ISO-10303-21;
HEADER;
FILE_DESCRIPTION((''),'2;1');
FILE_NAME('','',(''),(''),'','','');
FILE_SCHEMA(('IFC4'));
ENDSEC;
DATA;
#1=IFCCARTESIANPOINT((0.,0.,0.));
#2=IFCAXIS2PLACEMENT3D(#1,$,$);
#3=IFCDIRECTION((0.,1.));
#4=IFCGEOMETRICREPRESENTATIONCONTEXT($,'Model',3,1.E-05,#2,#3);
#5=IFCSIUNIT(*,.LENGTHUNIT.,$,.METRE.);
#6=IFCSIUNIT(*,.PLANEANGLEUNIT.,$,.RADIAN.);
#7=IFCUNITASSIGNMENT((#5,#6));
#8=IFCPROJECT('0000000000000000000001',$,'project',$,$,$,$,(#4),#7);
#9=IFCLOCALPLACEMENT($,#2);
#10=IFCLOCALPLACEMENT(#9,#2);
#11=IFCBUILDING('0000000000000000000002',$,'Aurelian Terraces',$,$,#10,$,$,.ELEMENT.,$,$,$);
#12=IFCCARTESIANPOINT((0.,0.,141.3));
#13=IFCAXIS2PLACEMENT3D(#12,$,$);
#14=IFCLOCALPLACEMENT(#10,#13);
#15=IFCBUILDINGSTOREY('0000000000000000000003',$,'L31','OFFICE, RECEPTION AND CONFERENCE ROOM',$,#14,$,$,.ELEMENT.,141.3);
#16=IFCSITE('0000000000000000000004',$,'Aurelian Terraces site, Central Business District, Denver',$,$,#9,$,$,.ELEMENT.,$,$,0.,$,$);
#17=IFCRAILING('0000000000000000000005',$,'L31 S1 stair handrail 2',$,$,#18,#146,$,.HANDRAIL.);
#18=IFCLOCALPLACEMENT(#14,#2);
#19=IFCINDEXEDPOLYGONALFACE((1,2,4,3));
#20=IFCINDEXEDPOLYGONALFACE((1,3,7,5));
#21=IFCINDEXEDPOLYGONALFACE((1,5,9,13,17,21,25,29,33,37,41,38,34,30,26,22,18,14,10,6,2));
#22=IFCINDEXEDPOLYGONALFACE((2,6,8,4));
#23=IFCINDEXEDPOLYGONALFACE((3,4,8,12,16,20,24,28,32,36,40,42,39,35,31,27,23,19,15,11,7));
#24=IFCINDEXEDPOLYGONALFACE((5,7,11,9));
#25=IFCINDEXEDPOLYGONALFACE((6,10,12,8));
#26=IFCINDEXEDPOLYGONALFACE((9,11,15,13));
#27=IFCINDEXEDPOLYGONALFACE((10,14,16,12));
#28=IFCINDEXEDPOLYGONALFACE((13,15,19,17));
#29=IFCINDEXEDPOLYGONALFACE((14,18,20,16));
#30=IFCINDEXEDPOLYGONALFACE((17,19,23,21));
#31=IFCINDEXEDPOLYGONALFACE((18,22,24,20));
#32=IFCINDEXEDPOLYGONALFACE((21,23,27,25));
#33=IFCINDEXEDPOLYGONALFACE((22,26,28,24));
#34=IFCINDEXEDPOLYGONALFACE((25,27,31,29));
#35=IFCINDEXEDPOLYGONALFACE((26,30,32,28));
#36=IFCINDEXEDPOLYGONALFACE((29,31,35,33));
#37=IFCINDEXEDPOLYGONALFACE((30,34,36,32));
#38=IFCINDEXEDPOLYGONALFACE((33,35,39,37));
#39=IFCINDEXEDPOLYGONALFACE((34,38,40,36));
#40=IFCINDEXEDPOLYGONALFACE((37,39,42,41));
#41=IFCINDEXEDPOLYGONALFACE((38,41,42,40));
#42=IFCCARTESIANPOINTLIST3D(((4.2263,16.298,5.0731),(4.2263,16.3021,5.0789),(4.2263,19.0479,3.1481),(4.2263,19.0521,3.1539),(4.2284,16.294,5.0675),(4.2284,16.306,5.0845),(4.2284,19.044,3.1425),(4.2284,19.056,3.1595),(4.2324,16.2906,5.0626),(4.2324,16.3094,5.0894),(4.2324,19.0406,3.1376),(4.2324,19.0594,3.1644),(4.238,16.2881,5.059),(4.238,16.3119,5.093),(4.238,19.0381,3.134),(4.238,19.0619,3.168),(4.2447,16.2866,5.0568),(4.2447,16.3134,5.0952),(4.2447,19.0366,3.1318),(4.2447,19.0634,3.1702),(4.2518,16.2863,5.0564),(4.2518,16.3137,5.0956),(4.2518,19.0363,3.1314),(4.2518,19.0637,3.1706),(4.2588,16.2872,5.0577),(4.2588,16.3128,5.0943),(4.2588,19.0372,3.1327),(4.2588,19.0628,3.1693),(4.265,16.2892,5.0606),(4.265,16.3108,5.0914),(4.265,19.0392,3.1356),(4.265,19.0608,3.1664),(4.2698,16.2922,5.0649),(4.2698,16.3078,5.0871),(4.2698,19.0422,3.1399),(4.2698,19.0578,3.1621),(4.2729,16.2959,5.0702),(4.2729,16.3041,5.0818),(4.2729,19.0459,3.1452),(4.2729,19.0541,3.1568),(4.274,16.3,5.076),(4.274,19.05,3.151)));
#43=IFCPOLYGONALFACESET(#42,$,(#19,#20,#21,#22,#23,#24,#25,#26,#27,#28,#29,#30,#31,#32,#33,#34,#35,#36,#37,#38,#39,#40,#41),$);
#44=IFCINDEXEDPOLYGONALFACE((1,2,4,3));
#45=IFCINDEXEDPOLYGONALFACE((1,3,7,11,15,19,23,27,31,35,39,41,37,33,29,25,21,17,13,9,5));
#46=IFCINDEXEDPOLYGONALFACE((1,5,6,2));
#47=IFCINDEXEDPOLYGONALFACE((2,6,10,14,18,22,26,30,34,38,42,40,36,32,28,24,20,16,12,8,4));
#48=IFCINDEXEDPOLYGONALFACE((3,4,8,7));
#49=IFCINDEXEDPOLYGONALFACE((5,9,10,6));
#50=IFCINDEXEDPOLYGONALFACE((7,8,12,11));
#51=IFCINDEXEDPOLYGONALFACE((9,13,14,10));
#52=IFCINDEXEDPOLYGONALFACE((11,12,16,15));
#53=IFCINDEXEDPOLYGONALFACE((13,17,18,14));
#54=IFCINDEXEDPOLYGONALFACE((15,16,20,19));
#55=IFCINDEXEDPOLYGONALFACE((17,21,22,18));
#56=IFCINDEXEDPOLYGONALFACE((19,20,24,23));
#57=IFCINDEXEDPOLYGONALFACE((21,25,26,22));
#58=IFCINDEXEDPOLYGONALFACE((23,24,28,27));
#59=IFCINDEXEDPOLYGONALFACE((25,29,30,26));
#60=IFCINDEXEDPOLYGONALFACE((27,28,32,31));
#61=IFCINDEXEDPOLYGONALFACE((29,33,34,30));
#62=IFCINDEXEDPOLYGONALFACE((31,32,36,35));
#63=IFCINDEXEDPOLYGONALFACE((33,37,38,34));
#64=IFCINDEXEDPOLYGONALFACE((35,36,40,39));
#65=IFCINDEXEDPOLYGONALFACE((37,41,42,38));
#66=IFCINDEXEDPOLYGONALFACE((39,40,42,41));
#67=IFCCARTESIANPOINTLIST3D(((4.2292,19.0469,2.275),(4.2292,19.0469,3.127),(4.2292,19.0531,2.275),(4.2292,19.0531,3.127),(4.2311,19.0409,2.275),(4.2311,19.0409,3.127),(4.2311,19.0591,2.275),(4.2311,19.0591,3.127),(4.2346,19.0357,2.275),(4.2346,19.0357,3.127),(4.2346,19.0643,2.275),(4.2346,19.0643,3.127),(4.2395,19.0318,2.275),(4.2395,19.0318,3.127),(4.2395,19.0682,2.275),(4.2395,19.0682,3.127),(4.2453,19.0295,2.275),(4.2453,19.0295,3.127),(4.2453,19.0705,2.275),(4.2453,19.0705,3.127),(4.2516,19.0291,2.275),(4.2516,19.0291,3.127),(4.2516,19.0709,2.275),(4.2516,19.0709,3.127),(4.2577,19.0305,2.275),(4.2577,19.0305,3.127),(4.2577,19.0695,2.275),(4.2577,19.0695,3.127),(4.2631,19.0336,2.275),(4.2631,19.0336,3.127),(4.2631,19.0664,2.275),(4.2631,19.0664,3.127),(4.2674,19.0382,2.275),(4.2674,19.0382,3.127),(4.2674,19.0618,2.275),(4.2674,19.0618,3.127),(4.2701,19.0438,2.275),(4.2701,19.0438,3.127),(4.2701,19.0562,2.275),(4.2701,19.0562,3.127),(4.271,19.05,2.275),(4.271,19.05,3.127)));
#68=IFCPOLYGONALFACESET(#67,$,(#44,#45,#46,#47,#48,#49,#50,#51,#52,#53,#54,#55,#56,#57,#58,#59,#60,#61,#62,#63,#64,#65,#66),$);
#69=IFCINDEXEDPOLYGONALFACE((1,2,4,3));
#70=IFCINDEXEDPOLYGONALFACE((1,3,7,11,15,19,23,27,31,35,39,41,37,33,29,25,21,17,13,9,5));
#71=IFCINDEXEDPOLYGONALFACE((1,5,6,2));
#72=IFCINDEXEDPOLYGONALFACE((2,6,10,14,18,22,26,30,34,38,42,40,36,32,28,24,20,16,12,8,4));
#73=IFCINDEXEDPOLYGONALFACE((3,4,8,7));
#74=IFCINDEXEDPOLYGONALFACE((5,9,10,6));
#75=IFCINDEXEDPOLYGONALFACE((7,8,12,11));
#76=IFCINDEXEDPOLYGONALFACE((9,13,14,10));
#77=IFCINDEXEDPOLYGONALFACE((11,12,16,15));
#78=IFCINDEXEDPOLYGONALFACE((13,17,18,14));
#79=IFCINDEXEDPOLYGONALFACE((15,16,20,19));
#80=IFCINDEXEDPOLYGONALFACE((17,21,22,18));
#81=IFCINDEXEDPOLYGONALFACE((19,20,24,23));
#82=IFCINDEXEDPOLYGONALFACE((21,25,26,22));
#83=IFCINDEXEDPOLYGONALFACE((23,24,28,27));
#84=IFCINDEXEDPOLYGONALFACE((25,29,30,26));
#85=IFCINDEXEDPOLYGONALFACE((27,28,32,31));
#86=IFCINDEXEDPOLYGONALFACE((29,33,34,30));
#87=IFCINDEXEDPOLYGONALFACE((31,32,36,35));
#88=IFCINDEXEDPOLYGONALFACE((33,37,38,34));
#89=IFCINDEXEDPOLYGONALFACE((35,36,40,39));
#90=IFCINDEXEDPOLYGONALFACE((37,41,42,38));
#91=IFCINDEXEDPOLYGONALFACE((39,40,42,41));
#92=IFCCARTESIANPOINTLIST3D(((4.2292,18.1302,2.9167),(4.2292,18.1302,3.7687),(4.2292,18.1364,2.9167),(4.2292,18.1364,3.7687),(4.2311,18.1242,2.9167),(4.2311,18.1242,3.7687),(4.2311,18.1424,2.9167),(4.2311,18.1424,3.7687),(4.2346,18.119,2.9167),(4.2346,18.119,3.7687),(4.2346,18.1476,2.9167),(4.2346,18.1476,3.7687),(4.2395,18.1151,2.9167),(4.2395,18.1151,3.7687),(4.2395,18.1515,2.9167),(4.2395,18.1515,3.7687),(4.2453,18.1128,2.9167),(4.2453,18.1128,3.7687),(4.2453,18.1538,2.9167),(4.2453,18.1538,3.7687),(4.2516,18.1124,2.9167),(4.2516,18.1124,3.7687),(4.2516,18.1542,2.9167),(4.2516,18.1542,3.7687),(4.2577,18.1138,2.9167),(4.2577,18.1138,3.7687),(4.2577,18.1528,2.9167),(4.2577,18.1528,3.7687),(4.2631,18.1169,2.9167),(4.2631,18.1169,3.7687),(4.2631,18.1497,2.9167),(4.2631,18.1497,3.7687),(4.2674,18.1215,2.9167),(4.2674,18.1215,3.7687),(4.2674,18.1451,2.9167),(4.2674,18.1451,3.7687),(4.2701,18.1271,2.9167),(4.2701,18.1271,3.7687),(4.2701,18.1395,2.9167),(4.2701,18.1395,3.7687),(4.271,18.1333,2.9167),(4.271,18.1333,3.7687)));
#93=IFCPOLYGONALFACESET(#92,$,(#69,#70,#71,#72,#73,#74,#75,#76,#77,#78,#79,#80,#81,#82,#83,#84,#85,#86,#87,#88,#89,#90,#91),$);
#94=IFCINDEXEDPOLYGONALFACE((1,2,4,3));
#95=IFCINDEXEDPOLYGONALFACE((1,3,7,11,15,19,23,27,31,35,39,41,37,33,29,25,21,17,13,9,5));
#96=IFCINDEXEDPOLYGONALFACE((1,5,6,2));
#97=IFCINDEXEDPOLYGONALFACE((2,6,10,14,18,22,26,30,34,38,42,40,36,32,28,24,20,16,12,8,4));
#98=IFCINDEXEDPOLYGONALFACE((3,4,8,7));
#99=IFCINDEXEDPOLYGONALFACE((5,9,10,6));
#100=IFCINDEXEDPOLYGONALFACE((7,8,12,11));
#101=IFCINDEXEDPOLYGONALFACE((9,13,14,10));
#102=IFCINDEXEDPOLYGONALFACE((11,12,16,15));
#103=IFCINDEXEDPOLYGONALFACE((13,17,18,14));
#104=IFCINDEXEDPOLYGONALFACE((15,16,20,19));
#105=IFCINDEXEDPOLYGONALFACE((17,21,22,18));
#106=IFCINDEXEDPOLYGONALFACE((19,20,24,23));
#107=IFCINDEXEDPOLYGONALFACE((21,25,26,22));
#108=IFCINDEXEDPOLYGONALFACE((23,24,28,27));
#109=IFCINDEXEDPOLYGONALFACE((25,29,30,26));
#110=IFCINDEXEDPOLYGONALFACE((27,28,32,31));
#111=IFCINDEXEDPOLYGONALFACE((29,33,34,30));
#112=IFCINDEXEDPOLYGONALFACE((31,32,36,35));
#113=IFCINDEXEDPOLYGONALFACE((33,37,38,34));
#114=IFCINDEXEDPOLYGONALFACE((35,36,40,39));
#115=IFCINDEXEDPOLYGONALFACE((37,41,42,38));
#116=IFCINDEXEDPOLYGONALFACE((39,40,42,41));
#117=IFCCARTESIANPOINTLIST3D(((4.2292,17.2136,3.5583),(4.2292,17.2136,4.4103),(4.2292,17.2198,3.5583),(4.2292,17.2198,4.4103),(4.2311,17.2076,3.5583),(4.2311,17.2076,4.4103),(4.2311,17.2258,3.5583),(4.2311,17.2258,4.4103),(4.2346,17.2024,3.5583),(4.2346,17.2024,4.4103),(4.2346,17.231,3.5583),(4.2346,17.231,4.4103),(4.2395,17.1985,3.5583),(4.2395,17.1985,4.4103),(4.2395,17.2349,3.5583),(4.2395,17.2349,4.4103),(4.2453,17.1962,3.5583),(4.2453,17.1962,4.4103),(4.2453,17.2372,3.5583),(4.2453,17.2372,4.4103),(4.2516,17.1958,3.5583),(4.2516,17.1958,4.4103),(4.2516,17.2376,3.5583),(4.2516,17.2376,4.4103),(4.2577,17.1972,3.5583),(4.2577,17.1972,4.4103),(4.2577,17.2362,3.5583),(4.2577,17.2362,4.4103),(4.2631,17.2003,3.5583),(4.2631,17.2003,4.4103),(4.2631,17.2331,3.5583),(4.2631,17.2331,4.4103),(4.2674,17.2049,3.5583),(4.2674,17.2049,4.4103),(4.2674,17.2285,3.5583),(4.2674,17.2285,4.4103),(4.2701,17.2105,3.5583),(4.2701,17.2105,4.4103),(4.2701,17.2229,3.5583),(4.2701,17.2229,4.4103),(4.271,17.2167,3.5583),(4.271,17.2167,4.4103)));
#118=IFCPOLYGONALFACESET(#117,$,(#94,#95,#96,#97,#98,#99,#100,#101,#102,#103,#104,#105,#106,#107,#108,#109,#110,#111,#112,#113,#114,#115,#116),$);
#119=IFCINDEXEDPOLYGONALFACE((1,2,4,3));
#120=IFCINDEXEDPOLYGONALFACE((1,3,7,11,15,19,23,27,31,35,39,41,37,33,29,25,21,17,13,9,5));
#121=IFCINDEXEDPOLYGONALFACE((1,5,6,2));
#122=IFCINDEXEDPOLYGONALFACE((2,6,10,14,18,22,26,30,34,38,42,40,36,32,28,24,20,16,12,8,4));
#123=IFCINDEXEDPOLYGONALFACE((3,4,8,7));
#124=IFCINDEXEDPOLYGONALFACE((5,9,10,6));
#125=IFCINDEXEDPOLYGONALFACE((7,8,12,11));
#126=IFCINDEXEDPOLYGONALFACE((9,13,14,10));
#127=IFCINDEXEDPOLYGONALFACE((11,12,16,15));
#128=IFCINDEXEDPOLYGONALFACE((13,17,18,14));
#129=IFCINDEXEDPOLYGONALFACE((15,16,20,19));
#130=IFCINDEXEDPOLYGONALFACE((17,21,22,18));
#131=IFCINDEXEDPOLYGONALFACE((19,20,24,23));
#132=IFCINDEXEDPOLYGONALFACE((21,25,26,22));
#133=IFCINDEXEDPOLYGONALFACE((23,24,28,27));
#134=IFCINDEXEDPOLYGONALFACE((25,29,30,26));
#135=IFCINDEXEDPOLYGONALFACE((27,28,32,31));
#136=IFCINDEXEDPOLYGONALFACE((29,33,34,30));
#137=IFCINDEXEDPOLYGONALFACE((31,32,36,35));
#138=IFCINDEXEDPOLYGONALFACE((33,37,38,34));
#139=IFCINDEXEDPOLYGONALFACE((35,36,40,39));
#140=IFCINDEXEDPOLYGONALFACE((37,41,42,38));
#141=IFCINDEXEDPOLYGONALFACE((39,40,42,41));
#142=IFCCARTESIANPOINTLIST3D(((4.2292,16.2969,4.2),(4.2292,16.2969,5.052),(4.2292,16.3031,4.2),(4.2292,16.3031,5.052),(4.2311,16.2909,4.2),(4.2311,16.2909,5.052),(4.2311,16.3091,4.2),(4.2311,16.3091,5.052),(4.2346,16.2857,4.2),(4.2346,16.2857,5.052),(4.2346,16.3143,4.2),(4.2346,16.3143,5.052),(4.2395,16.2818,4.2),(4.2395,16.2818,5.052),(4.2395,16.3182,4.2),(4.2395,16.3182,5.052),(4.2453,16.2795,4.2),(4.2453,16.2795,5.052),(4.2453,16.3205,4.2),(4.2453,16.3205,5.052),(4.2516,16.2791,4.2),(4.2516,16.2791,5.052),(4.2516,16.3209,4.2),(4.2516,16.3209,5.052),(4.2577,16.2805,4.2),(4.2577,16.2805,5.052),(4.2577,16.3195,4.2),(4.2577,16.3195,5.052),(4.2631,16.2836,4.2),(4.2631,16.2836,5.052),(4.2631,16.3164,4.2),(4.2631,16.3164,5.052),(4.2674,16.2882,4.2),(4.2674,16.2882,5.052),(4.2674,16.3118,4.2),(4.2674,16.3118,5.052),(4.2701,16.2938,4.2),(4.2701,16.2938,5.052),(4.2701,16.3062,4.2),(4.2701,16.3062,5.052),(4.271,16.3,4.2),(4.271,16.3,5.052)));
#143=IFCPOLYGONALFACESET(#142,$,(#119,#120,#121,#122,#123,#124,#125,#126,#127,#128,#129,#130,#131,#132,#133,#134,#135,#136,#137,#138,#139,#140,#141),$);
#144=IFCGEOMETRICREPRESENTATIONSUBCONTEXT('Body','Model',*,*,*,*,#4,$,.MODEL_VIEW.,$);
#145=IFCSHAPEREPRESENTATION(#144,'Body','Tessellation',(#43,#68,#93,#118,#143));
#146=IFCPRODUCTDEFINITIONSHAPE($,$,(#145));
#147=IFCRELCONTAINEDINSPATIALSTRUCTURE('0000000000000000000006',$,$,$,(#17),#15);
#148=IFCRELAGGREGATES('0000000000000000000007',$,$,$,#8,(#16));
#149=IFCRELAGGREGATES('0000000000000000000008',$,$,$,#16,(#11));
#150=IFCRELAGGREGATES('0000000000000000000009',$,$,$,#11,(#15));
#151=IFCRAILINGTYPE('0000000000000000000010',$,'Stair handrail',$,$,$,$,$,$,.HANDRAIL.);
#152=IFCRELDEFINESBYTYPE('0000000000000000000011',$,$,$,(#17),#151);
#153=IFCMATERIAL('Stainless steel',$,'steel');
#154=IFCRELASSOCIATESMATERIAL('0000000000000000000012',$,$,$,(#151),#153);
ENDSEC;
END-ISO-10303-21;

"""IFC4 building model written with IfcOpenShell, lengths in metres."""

from ifc_helpers import new_model, si_unit, direction, frame, origin, origin_2d, place, context, subcontext, project, spatial, circle, extrude, source, transform, mapped, material, type_object, element, save


model = new_model("IFC4")

# Units and contexts
model_context = context("Model", 3, precision=1e-05, world=origin(), true_north=direction((0.0, 1.0)))
body_context = subcontext(model_context, "Body", "Model", "MODEL_VIEW")
ifc_project = project(units=[si_unit("LENGTHUNIT", "METRE"), si_unit("PLANEANGLEUNIT", "RADIAN")], contexts=[model_context])

# Site, building, storey
site_placement = place(None, origin())
site = spatial("IfcSite", under=ifc_project, at=site_placement, Name="Aurelian Terraces site, Central Business District, Denver", CompositionType="ELEMENT", RefElevation=0.0)
building_placement = place(site_placement, origin())
building = spatial("IfcBuilding", under=site, at=building_placement, Name="Aurelian Terraces", CompositionType="ELEMENT")
storey_placement = place(building_placement, frame((0.0, 0.0, 141.3)))
storey = spatial("IfcBuildingStorey", under=building, at=storey_placement, Name="L31", Description="OFFICE, RECEPTION AND CONFERENCE ROOM", CompositionType="ELEMENT", Elevation=141.3)

# Railing
ifc_material_1 = material(Name="Stainless steel", Category="steel")
railing_type_1 = type_object("IfcRailingType", Name="Stair handrail", PredefinedType="HANDRAIL", material=ifc_material_1)
shared_shape_1 = source(origin(), body_context, "Body", "SweptSolid", [
    extrude(circle(Radius=0.024, at=origin_2d()), frame((0.0, 0.0, 0.876), z_axis=(0.0, -0.819232, 0.573462), x_axis=(1.0, 0.0, 0.0)), (0.0, 0.0, 1.0), 3.3568),
    extrude(circle(Radius=0.021, at=origin_2d()), origin(), (0.0, 0.0, 1.0), 0.852),
    extrude(circle(Radius=0.021, at=origin_2d()), frame((0.0, -0.9167, 0.6417)), (0.0, 0.0, 1.0), 0.852),
    extrude(circle(Radius=0.021, at=origin_2d()), frame((0.0, -1.8333, 1.2833)), (0.0, 0.0, 1.0), 0.852),
    extrude(circle(Radius=0.021, at=origin_2d()), frame((0.0, -2.75, 1.925)), (0.0, 0.0, 1.0), 0.852),
])
railing_1_placement = place(storey_placement, frame((4.25, 19.05, 2.275)))
element("IfcRailing", 1, at=railing_1_placement, inside=storey, type_object=railing_type_1, Name="L31 S1 stair handrail 2", PredefinedType="HANDRAIL", context=body_context, shape_type="MappedRepresentation", body=[
    mapped(shared_shape_1, transform((0.0, 0.0, 0.0), scale=1.0)),
])

save(model, "model.ifc")
